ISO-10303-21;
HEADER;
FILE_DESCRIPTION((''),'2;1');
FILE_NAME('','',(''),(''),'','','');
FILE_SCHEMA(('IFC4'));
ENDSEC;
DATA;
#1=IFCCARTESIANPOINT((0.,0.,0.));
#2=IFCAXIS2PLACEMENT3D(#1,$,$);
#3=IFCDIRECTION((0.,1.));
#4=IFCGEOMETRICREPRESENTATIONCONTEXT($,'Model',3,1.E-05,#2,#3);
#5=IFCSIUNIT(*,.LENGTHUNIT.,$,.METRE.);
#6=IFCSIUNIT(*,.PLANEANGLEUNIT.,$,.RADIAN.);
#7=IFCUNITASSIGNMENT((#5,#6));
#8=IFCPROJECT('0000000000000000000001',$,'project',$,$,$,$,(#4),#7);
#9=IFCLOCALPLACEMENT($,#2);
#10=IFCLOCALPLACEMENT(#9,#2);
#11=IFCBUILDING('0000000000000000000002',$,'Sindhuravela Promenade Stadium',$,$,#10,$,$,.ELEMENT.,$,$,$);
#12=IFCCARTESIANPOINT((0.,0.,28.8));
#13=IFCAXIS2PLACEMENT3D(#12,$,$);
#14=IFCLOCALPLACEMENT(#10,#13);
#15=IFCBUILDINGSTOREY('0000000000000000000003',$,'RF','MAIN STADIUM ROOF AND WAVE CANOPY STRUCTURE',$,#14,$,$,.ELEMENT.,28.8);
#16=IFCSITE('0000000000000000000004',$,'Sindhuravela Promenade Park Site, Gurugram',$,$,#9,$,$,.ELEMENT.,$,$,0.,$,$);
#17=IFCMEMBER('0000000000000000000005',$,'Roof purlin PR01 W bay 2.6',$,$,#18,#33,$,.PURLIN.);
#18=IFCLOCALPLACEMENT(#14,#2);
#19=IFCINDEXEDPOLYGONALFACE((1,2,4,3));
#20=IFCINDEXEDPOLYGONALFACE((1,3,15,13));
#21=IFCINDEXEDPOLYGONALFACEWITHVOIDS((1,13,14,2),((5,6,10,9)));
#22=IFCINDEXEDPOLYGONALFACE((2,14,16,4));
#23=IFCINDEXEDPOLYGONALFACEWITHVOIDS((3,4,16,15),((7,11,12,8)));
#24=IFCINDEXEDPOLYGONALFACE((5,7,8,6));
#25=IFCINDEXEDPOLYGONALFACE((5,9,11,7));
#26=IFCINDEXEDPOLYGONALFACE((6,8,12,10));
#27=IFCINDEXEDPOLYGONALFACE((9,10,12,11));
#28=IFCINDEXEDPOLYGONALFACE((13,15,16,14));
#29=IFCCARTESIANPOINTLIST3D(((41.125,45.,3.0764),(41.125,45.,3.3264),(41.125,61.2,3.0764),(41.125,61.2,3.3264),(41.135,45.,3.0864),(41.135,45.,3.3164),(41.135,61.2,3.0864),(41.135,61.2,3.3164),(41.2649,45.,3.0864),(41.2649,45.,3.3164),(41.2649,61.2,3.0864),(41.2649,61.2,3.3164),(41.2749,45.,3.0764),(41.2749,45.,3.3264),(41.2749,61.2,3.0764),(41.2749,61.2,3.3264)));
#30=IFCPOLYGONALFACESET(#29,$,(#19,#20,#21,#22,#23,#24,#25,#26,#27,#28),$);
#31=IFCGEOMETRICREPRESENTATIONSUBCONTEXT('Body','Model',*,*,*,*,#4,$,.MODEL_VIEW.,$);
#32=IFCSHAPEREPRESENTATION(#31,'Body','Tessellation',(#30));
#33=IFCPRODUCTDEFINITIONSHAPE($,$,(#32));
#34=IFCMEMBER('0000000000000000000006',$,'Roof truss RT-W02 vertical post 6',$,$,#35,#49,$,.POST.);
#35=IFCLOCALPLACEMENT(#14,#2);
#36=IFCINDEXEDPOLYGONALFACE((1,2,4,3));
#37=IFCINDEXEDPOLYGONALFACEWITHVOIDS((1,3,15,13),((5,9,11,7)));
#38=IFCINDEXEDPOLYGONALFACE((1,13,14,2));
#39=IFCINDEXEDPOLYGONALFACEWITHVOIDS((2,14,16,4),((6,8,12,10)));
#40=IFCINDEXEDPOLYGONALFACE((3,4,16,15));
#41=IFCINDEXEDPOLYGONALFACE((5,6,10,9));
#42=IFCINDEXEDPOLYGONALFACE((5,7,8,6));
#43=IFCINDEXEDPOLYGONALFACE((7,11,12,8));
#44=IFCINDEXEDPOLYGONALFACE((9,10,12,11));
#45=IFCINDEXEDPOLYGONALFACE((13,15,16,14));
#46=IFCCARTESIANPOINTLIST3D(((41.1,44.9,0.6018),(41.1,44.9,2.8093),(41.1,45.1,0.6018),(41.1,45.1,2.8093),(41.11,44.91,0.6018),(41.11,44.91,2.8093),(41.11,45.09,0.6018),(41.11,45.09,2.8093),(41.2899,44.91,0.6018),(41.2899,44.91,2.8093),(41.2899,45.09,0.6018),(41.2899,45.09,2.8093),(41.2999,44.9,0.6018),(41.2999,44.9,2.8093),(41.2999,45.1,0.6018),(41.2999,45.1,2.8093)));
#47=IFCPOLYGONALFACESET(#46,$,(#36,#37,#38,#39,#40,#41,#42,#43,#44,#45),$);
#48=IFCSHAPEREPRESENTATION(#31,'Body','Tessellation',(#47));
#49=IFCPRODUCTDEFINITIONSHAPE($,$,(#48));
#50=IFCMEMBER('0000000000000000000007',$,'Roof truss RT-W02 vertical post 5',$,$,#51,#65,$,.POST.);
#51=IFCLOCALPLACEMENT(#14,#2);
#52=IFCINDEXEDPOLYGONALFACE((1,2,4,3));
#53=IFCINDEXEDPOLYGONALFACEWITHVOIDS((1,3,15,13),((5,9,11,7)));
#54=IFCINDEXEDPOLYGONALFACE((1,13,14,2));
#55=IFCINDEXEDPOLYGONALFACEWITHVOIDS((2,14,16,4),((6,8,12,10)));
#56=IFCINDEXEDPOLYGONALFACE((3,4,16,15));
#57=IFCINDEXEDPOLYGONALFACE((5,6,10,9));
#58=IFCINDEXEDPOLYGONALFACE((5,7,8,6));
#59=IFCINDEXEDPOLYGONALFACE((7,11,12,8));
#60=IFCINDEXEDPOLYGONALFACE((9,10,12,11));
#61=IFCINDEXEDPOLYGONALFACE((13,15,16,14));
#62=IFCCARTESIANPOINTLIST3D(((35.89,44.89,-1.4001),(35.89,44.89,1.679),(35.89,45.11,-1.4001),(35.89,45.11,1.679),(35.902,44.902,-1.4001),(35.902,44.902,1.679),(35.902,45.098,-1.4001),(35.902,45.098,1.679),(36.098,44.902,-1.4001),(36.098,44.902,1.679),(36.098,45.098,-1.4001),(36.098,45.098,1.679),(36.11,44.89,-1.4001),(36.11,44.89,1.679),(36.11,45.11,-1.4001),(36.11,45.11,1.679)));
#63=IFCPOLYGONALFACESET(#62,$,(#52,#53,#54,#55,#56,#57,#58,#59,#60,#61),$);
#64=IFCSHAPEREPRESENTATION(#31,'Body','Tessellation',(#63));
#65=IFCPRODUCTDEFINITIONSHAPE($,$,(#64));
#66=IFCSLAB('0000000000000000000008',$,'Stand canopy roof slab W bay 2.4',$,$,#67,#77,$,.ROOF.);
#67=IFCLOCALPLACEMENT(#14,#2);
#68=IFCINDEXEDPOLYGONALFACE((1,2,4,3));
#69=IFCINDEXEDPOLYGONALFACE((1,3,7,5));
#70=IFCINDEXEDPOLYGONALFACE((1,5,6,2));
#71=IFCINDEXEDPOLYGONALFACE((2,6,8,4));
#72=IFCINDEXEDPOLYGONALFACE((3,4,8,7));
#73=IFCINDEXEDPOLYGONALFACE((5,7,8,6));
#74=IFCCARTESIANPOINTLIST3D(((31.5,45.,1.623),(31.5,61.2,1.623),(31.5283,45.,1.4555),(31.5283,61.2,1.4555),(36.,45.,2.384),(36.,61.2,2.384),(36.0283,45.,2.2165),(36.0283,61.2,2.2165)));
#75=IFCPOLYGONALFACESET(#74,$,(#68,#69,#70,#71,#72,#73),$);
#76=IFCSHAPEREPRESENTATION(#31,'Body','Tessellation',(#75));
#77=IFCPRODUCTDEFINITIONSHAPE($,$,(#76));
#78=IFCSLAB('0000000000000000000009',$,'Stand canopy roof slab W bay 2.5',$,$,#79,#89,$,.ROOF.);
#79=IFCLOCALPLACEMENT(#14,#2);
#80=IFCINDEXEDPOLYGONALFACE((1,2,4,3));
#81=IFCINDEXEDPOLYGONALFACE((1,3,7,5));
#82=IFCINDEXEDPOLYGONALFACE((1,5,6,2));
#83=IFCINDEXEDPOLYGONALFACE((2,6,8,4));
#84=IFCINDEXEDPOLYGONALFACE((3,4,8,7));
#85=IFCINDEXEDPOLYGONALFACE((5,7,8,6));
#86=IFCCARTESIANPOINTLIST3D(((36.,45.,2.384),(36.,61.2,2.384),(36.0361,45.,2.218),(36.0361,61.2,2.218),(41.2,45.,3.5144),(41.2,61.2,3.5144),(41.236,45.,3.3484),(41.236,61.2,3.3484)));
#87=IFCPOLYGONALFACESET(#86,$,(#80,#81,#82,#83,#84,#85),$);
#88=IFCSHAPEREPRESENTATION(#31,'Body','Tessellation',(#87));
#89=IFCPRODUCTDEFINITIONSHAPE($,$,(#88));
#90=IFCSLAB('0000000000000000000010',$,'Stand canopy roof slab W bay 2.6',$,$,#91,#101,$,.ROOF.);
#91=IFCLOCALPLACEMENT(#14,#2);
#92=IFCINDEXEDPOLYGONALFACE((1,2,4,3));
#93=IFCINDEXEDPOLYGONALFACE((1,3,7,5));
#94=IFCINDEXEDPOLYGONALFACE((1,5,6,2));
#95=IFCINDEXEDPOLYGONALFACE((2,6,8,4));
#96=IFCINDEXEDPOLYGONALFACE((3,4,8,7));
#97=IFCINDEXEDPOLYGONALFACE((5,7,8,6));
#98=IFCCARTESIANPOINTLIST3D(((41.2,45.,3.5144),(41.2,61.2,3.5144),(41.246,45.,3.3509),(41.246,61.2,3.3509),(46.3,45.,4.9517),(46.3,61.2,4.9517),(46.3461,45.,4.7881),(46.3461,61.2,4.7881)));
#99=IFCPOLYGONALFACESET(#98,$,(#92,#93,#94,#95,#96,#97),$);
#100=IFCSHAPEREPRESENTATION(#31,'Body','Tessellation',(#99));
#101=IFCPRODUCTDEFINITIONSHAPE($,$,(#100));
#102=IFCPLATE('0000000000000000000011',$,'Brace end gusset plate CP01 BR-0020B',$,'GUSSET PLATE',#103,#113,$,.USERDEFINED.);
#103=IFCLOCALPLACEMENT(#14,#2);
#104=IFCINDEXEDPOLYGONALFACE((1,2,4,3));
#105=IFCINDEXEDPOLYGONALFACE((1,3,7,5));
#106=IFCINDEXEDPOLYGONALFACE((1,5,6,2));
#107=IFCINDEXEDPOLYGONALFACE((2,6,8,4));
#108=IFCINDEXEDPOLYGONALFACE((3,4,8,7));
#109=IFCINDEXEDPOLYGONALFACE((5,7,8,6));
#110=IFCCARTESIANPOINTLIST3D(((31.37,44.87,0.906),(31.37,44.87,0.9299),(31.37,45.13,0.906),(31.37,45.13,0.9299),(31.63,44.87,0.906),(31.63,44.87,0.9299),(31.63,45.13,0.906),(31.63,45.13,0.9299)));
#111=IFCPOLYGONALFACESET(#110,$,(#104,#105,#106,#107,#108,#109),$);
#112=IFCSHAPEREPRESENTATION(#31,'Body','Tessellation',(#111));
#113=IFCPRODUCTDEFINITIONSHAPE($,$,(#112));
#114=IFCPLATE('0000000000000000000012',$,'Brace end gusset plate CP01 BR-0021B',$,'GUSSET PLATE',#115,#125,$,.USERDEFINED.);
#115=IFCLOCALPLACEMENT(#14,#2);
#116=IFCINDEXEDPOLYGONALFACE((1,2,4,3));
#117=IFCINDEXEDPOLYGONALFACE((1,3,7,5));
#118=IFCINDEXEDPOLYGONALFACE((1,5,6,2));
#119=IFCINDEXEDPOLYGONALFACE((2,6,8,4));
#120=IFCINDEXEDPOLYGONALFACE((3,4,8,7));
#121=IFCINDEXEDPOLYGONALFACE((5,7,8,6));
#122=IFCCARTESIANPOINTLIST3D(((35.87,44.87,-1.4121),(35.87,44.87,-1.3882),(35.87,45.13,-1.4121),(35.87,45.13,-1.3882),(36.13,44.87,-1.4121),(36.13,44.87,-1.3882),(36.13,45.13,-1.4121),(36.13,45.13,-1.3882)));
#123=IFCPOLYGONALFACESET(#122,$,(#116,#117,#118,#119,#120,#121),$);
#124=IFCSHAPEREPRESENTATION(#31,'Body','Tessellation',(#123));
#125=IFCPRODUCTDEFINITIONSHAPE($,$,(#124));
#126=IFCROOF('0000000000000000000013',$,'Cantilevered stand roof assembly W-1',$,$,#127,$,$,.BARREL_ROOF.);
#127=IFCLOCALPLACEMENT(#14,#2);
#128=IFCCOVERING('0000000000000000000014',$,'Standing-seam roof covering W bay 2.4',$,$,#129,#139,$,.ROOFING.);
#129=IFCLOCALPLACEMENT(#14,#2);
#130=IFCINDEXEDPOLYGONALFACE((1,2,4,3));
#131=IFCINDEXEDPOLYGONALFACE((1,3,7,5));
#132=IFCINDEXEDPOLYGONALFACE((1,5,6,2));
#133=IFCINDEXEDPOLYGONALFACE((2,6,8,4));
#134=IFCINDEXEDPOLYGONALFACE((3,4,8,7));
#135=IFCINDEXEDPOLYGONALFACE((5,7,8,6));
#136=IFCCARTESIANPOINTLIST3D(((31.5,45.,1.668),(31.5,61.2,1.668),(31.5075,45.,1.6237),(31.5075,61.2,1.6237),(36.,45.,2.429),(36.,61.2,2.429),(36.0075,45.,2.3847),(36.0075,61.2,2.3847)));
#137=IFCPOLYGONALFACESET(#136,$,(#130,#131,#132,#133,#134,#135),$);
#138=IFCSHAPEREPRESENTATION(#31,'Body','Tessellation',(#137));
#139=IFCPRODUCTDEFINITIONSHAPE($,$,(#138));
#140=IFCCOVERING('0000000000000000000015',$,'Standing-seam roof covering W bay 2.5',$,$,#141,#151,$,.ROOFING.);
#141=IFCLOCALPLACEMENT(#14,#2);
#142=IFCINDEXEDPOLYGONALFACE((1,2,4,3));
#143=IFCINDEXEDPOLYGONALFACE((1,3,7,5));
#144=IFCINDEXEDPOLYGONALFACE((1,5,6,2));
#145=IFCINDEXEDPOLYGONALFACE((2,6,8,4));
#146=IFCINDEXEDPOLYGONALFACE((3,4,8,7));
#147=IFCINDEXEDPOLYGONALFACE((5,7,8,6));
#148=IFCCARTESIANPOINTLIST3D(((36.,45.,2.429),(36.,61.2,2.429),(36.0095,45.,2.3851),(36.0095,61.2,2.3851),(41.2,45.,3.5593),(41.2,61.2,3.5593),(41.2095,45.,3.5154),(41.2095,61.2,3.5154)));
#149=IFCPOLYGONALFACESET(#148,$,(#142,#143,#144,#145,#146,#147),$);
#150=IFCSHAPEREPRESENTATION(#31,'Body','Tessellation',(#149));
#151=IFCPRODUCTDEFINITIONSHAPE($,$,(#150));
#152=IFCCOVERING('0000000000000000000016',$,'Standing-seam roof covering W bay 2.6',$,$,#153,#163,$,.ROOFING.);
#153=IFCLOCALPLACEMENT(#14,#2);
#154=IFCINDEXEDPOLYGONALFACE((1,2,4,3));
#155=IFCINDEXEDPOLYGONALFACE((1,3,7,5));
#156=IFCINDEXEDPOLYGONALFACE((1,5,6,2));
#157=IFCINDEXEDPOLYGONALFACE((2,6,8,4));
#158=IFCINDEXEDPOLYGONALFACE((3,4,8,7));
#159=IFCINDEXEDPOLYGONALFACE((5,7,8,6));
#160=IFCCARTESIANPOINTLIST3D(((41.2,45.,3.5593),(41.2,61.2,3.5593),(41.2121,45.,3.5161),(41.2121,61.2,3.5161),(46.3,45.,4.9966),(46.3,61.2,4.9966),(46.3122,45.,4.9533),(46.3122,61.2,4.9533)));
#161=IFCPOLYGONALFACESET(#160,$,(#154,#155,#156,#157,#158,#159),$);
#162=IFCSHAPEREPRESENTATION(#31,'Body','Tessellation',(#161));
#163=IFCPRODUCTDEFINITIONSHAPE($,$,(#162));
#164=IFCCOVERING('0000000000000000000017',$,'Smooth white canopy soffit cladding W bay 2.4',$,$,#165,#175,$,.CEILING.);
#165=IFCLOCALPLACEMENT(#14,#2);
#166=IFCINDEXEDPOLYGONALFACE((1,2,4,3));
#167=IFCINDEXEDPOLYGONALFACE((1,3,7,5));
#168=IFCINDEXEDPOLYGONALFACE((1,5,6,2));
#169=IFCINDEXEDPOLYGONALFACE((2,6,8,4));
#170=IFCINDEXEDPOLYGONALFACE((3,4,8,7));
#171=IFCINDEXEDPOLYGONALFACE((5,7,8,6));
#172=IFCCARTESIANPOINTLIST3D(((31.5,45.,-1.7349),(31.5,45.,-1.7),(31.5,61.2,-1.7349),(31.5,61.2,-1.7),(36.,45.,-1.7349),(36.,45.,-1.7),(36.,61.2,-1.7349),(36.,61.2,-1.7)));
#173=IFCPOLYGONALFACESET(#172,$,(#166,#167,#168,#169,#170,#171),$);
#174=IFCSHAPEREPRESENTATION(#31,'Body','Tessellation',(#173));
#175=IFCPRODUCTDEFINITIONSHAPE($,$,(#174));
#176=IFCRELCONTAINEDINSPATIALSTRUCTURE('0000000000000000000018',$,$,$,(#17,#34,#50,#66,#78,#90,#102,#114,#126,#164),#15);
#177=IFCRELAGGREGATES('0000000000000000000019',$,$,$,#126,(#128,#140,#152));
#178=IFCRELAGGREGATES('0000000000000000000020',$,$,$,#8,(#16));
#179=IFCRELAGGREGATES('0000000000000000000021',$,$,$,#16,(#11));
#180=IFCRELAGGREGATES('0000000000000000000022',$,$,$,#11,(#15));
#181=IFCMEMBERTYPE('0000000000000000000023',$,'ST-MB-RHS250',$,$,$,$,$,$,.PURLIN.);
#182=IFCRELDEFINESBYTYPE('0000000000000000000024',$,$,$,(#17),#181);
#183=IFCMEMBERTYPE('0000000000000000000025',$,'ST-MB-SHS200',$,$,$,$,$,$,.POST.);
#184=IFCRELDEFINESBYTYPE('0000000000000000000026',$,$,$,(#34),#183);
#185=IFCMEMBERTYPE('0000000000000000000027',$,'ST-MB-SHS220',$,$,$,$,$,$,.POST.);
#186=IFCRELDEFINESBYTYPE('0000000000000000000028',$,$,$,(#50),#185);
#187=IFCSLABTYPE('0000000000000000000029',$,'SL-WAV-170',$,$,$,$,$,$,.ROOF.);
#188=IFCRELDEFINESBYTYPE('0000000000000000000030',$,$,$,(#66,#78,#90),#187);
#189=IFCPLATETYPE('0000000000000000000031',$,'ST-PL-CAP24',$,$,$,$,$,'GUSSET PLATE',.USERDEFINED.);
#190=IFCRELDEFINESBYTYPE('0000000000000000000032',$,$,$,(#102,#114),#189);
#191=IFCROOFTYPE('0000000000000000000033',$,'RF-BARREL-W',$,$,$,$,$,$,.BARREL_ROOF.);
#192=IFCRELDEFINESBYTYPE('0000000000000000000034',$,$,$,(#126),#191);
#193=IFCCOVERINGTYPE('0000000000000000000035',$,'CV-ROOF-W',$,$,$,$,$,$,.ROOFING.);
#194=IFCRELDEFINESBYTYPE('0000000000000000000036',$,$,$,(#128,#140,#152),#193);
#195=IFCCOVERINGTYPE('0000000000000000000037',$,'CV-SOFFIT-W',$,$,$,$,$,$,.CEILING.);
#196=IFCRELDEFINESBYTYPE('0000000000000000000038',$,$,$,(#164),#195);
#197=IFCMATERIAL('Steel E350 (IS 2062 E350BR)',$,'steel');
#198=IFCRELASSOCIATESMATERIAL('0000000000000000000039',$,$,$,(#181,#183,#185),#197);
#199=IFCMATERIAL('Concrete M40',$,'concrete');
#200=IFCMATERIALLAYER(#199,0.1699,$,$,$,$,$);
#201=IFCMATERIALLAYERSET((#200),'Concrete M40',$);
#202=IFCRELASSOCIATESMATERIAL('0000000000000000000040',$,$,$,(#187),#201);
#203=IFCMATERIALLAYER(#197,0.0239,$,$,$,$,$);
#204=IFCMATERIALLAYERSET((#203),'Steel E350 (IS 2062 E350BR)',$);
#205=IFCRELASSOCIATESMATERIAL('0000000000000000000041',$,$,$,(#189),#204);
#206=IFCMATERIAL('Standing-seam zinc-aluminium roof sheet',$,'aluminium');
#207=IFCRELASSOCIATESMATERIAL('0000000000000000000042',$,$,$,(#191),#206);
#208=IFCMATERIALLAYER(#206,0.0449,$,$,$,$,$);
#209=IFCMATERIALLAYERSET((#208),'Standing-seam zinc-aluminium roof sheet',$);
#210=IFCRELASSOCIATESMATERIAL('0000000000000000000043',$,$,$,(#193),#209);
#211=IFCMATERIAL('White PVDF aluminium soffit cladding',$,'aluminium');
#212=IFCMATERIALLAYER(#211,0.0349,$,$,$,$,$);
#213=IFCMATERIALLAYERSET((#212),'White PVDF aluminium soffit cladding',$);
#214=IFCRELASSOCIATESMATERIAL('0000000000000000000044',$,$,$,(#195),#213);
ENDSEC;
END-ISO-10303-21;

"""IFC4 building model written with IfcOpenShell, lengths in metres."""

from ifc_helpers import new_model, si_unit, direction, frame, origin, origin_2d, place, context, subcontext, project, spatial, polyline, rectangle, hollow_rectangle, outline, extrude, material, layer, layer_set, material_profile, profile_set, type_object, element, aggregate, save


model = new_model("IFC4")

# Units and contexts
model_context = context("Model", 3, precision=1e-05, world=origin(), true_north=direction((0.0, 1.0)))
body_context = subcontext(model_context, "Body", "Model", "MODEL_VIEW")
ifc_project = project(units=[si_unit("LENGTHUNIT", "METRE"), si_unit("PLANEANGLEUNIT", "RADIAN")], contexts=[model_context])

# Site, building, storey
site_placement = place(None, origin())
site = spatial("IfcSite", under=ifc_project, at=site_placement, Name="Sindhuravela Promenade Park Site, Gurugram", CompositionType="ELEMENT", RefElevation=0.0)
building_placement = place(site_placement, origin())
building = spatial("IfcBuilding", under=site, at=building_placement, Name="Sindhuravela Promenade Stadium", CompositionType="ELEMENT")
storey_placement = place(building_placement, frame((0.0, 0.0, 28.8)))
storey = spatial("IfcBuildingStorey", under=building, at=storey_placement, Name="RF", Description="MAIN STADIUM ROOF AND WAVE CANOPY STRUCTURE", CompositionType="ELEMENT", Elevation=28.8)

# Shared definitions
ifc_material_1 = material(Name="Concrete M40", Category="concrete")
ifc_material_2 = material(Name="Steel E350 (IS 2062 E350BR)", Category="steel")

# Members
ifc_material_profile_1 = material_profile(ifc_material_2, hollow_rectangle(XDim=0.1499, YDim=0.25, WallThickness=0.01, at=origin_2d()), Name="RHS 250x150x10")
ifc_profile_set_1 = profile_set([ifc_material_profile_1], Name="Steel E350 (IS 2062 E350BR)")
member_type_1 = type_object("IfcMemberType", Name="ST-MB-RHS250", PredefinedType="PURLIN", material=ifc_profile_set_1)
for number, where, z_axis, x_axis, name in (
    (1, (41.2, 45.0, 3.2014), (0.0, 1.0, 0.0), (-1.0, 0.0, 0.0), "Roof purlin PR01 W bay 2.6"),
):
    element("IfcMember", number, at=place(storey_placement, frame(where, z_axis=z_axis, x_axis=x_axis)), inside=storey, type_object=member_type_1, Name=name, PredefinedType="PURLIN", context=body_context, shape_type="SweptSolid", body=[
        extrude(hollow_rectangle(XDim=0.1499, YDim=0.25, WallThickness=0.01, at=origin_2d()), origin(), (0.0, 0.0, 1.0), 16.2),
    ])
ifc_material_profile_2 = material_profile(ifc_material_2, hollow_rectangle(XDim=0.2, YDim=0.2, WallThickness=0.01, at=origin_2d()), Name="SHS 200x200x10")
ifc_profile_set_2 = profile_set([ifc_material_profile_2], Name="Steel E350 (IS 2062 E350BR)")
member_type_2 = type_object("IfcMemberType", Name="ST-MB-SHS200", PredefinedType="POST", material=ifc_profile_set_2)
member_1_placement = place(storey_placement, frame((41.2, 45.0, 0.6018), z_axis=(0.0, 0.0, 1.0), x_axis=(1.0, 0.0, 0.0)))
element("IfcMember", 2, at=member_1_placement, inside=storey, type_object=member_type_2, Name="Roof truss RT-W02 vertical post 6", PredefinedType="POST", context=body_context, shape_type="SweptSolid", body=[
    extrude(hollow_rectangle(XDim=0.2, YDim=0.2, WallThickness=0.01, at=origin_2d()), origin(), (0.0, 0.0, 1.0), 2.2075),
])
ifc_material_profile_3 = material_profile(ifc_material_2, hollow_rectangle(XDim=0.22, YDim=0.22, WallThickness=0.012, at=origin_2d()), Name="SHS 220x220x12")
ifc_profile_set_3 = profile_set([ifc_material_profile_3], Name="Steel E350 (IS 2062 E350BR)")
member_type_3 = type_object("IfcMemberType", Name="ST-MB-SHS220", PredefinedType="POST", material=ifc_profile_set_3)
member_2_placement = place(storey_placement, frame((36.0, 45.0, -1.4001), z_axis=(0.0, 0.0, 1.0), x_axis=(1.0, 0.0, 0.0)))
element("IfcMember", 3, at=member_2_placement, inside=storey, type_object=member_type_3, Name="Roof truss RT-W02 vertical post 5", PredefinedType="POST", context=body_context, shape_type="SweptSolid", body=[
    extrude(hollow_rectangle(XDim=0.22, YDim=0.22, WallThickness=0.012, at=origin_2d()), origin(), (0.0, 0.0, 1.0), 3.0791),
])

# Slabs
ifc_layer_1 = layer(ifc_material_1, 0.1699)
ifc_layer_set_1 = layer_set([ifc_layer_1], Name="Concrete M40")
slab_type = type_object("IfcSlabType", Name="SL-WAV-170", PredefinedType="ROOF", material=ifc_layer_set_1)
slab_1_placement = place(storey_placement, frame((31.5, 45.0, 1.623), z_axis=(-0.166741, 0.0, 0.986001), x_axis=(0.0, 1.0, 0.0)))
element("IfcSlab", 4, at=slab_1_placement, inside=storey, type_object=slab_type, Name="Stand canopy roof slab W bay 2.4", PredefinedType="ROOF", context=body_context, shape_type="SweptSolid", body=[
    extrude(outline(polyline([(0.0, 0.0), (0.0, -4.5639), (16.2, -4.5639), (16.2, 0.0), (0.0, 0.0)])), origin(), (0.0, 0.0, -1.0), 0.1699),
])
slab_2_placement = place(storey_placement, frame((36.0, 45.0, 2.384), z_axis=(-0.21242, 0.0, 0.977178), x_axis=(0.0, 1.0, 0.0)))
element("IfcSlab", 5, at=slab_2_placement, inside=storey, type_object=slab_type, Name="Stand canopy roof slab W bay 2.5", PredefinedType="ROOF", context=body_context, shape_type="SweptSolid", body=[
    extrude(outline(polyline([(0.0, 0.0), (0.0, -5.3214), (16.2, -5.3214), (16.2, 0.0), (0.0, 0.0)])), origin(), (0.0, 0.0, -1.0), 0.1699),
])
slab_3_placement = place(storey_placement, frame((41.2, 45.0, 3.5144), z_axis=(-0.271245, 0.0, 0.96251), x_axis=(0.0, 1.0, 0.0)))
element("IfcSlab", 6, at=slab_3_placement, inside=storey, type_object=slab_type, Name="Stand canopy roof slab W bay 2.6", PredefinedType="ROOF", context=body_context, shape_type="SweptSolid", body=[
    extrude(outline(polyline([(0.0, 0.0), (0.0, -5.2987), (16.2, -5.2987), (16.2, 0.0), (0.0, 0.0)])), origin(), (0.0, 0.0, -1.0), 0.1699),
])

# Plates
ifc_layer_2 = layer(ifc_material_2, 0.0239)
ifc_layer_set_2 = layer_set([ifc_layer_2], Name="Steel E350 (IS 2062 E350BR)")
plate_type = type_object("IfcPlateType", Name="ST-PL-CAP24", ElementType="GUSSET PLATE", PredefinedType="USERDEFINED", material=ifc_layer_set_2)
for number, where, z_axis, x_axis, name in (
    (7, (31.5, 45.0, 0.906), (0.0, 0.0, 1.0), (1.0, 0.0, 0.0), "Brace end gusset plate CP01 BR-0020B"),
    (8, (36.0, 45.0, -1.4121), (0.0, 0.0, 1.0), (1.0, 0.0, 0.0), "Brace end gusset plate CP01 BR-0021B"),
):
    element("IfcPlate", number, at=place(storey_placement, frame(where, z_axis=z_axis, x_axis=x_axis)), inside=storey, type_object=plate_type, Name=name, ObjectType="GUSSET PLATE", PredefinedType="USERDEFINED", context=body_context, shape_type="SweptSolid", body=[
        extrude(rectangle(XDim=0.26, YDim=0.26, at=origin_2d()), origin(), (0.0, 0.0, 1.0), 0.0239),
    ])

# Roof, coverings
ifc_material_3 = material(Name="Standing-seam zinc-aluminium roof sheet", Category="aluminium")
roof_type = type_object("IfcRoofType", Name="RF-BARREL-W", PredefinedType="BARREL_ROOF", material=ifc_material_3)
roof_placement = place(storey_placement, origin())
roof = element("IfcRoof", 9, at=roof_placement, inside=storey, type_object=roof_type, Name="Cantilevered stand roof assembly W-1", PredefinedType="BARREL_ROOF")
ifc_layer_3 = layer(ifc_material_3, 0.0449)
ifc_layer_set_3 = layer_set([ifc_layer_3], Name="Standing-seam zinc-aluminium roof sheet")
covering_type_1 = type_object("IfcCoveringType", Name="CV-ROOF-W", PredefinedType="ROOFING", material=ifc_layer_set_3)
covering_1_placement = place(storey_placement, frame((31.5, 45.0, 1.668), z_axis=(-0.166741, 0.0, 0.986001), x_axis=(0.0, 1.0, 0.0)))
covering_1 = element("IfcCovering", 10, at=covering_1_placement, type_object=covering_type_1, Name="Standing-seam roof covering W bay 2.4", PredefinedType="ROOFING", context=body_context, shape_type="SweptSolid", body=[
    extrude(outline(polyline([(0.0, 0.0), (0.0, -4.5639), (16.2, -4.5639), (16.2, 0.0), (0.0, 0.0)])), origin(), (0.0, 0.0, -1.0), 0.0449),
])
covering_2_placement = place(storey_placement, frame((36.0, 45.0, 2.429), z_axis=(-0.21242, 0.0, 0.977178), x_axis=(0.0, 1.0, 0.0)))
covering_2 = element("IfcCovering", 11, at=covering_2_placement, type_object=covering_type_1, Name="Standing-seam roof covering W bay 2.5", PredefinedType="ROOFING", context=body_context, shape_type="SweptSolid", body=[
    extrude(outline(polyline([(0.0, 0.0), (0.0, -5.3214), (16.2, -5.3214), (16.2, 0.0), (0.0, 0.0)])), origin(), (0.0, 0.0, -1.0), 0.0449),
])
covering_3_placement = place(storey_placement, frame((41.2, 45.0, 3.5593), z_axis=(-0.271245, 0.0, 0.96251), x_axis=(0.0, 1.0, 0.0)))
covering_3 = element("IfcCovering", 12, at=covering_3_placement, type_object=covering_type_1, Name="Standing-seam roof covering W bay 2.6", PredefinedType="ROOFING", context=body_context, shape_type="SweptSolid", body=[
    extrude(outline(polyline([(0.0, 0.0), (0.0, -5.2987), (16.2, -5.2987), (16.2, 0.0), (0.0, 0.0)])), origin(), (0.0, 0.0, -1.0), 0.0449),
])
aggregate(roof, [covering_1, covering_2, covering_3])

# Covering
ifc_material_4 = material(Name="White PVDF aluminium soffit cladding", Category="aluminium")
ifc_layer_4 = layer(ifc_material_4, 0.0349)
ifc_layer_set_4 = layer_set([ifc_layer_4], Name="White PVDF aluminium soffit cladding")
covering_type_2 = type_object("IfcCoveringType", Name="CV-SOFFIT-W", PredefinedType="CEILING", material=ifc_layer_set_4)
covering_4_placement = place(storey_placement, frame((31.5, 45.0, -1.7), z_axis=(0.0, 0.0, 1.0), x_axis=(0.0, 1.0, 0.0)))
element("IfcCovering", 13, at=covering_4_placement, inside=storey, type_object=covering_type_2, Name="Smooth white canopy soffit cladding W bay 2.4", PredefinedType="CEILING", context=body_context, shape_type="SweptSolid", body=[
    extrude(outline(polyline([(0.0, 0.0), (0.0, -4.5), (16.2, -4.5), (16.2, 0.0), (0.0, 0.0)])), origin(), (0.0, 0.0, -1.0), 0.0349),
])

save(model, "model.ifc")
